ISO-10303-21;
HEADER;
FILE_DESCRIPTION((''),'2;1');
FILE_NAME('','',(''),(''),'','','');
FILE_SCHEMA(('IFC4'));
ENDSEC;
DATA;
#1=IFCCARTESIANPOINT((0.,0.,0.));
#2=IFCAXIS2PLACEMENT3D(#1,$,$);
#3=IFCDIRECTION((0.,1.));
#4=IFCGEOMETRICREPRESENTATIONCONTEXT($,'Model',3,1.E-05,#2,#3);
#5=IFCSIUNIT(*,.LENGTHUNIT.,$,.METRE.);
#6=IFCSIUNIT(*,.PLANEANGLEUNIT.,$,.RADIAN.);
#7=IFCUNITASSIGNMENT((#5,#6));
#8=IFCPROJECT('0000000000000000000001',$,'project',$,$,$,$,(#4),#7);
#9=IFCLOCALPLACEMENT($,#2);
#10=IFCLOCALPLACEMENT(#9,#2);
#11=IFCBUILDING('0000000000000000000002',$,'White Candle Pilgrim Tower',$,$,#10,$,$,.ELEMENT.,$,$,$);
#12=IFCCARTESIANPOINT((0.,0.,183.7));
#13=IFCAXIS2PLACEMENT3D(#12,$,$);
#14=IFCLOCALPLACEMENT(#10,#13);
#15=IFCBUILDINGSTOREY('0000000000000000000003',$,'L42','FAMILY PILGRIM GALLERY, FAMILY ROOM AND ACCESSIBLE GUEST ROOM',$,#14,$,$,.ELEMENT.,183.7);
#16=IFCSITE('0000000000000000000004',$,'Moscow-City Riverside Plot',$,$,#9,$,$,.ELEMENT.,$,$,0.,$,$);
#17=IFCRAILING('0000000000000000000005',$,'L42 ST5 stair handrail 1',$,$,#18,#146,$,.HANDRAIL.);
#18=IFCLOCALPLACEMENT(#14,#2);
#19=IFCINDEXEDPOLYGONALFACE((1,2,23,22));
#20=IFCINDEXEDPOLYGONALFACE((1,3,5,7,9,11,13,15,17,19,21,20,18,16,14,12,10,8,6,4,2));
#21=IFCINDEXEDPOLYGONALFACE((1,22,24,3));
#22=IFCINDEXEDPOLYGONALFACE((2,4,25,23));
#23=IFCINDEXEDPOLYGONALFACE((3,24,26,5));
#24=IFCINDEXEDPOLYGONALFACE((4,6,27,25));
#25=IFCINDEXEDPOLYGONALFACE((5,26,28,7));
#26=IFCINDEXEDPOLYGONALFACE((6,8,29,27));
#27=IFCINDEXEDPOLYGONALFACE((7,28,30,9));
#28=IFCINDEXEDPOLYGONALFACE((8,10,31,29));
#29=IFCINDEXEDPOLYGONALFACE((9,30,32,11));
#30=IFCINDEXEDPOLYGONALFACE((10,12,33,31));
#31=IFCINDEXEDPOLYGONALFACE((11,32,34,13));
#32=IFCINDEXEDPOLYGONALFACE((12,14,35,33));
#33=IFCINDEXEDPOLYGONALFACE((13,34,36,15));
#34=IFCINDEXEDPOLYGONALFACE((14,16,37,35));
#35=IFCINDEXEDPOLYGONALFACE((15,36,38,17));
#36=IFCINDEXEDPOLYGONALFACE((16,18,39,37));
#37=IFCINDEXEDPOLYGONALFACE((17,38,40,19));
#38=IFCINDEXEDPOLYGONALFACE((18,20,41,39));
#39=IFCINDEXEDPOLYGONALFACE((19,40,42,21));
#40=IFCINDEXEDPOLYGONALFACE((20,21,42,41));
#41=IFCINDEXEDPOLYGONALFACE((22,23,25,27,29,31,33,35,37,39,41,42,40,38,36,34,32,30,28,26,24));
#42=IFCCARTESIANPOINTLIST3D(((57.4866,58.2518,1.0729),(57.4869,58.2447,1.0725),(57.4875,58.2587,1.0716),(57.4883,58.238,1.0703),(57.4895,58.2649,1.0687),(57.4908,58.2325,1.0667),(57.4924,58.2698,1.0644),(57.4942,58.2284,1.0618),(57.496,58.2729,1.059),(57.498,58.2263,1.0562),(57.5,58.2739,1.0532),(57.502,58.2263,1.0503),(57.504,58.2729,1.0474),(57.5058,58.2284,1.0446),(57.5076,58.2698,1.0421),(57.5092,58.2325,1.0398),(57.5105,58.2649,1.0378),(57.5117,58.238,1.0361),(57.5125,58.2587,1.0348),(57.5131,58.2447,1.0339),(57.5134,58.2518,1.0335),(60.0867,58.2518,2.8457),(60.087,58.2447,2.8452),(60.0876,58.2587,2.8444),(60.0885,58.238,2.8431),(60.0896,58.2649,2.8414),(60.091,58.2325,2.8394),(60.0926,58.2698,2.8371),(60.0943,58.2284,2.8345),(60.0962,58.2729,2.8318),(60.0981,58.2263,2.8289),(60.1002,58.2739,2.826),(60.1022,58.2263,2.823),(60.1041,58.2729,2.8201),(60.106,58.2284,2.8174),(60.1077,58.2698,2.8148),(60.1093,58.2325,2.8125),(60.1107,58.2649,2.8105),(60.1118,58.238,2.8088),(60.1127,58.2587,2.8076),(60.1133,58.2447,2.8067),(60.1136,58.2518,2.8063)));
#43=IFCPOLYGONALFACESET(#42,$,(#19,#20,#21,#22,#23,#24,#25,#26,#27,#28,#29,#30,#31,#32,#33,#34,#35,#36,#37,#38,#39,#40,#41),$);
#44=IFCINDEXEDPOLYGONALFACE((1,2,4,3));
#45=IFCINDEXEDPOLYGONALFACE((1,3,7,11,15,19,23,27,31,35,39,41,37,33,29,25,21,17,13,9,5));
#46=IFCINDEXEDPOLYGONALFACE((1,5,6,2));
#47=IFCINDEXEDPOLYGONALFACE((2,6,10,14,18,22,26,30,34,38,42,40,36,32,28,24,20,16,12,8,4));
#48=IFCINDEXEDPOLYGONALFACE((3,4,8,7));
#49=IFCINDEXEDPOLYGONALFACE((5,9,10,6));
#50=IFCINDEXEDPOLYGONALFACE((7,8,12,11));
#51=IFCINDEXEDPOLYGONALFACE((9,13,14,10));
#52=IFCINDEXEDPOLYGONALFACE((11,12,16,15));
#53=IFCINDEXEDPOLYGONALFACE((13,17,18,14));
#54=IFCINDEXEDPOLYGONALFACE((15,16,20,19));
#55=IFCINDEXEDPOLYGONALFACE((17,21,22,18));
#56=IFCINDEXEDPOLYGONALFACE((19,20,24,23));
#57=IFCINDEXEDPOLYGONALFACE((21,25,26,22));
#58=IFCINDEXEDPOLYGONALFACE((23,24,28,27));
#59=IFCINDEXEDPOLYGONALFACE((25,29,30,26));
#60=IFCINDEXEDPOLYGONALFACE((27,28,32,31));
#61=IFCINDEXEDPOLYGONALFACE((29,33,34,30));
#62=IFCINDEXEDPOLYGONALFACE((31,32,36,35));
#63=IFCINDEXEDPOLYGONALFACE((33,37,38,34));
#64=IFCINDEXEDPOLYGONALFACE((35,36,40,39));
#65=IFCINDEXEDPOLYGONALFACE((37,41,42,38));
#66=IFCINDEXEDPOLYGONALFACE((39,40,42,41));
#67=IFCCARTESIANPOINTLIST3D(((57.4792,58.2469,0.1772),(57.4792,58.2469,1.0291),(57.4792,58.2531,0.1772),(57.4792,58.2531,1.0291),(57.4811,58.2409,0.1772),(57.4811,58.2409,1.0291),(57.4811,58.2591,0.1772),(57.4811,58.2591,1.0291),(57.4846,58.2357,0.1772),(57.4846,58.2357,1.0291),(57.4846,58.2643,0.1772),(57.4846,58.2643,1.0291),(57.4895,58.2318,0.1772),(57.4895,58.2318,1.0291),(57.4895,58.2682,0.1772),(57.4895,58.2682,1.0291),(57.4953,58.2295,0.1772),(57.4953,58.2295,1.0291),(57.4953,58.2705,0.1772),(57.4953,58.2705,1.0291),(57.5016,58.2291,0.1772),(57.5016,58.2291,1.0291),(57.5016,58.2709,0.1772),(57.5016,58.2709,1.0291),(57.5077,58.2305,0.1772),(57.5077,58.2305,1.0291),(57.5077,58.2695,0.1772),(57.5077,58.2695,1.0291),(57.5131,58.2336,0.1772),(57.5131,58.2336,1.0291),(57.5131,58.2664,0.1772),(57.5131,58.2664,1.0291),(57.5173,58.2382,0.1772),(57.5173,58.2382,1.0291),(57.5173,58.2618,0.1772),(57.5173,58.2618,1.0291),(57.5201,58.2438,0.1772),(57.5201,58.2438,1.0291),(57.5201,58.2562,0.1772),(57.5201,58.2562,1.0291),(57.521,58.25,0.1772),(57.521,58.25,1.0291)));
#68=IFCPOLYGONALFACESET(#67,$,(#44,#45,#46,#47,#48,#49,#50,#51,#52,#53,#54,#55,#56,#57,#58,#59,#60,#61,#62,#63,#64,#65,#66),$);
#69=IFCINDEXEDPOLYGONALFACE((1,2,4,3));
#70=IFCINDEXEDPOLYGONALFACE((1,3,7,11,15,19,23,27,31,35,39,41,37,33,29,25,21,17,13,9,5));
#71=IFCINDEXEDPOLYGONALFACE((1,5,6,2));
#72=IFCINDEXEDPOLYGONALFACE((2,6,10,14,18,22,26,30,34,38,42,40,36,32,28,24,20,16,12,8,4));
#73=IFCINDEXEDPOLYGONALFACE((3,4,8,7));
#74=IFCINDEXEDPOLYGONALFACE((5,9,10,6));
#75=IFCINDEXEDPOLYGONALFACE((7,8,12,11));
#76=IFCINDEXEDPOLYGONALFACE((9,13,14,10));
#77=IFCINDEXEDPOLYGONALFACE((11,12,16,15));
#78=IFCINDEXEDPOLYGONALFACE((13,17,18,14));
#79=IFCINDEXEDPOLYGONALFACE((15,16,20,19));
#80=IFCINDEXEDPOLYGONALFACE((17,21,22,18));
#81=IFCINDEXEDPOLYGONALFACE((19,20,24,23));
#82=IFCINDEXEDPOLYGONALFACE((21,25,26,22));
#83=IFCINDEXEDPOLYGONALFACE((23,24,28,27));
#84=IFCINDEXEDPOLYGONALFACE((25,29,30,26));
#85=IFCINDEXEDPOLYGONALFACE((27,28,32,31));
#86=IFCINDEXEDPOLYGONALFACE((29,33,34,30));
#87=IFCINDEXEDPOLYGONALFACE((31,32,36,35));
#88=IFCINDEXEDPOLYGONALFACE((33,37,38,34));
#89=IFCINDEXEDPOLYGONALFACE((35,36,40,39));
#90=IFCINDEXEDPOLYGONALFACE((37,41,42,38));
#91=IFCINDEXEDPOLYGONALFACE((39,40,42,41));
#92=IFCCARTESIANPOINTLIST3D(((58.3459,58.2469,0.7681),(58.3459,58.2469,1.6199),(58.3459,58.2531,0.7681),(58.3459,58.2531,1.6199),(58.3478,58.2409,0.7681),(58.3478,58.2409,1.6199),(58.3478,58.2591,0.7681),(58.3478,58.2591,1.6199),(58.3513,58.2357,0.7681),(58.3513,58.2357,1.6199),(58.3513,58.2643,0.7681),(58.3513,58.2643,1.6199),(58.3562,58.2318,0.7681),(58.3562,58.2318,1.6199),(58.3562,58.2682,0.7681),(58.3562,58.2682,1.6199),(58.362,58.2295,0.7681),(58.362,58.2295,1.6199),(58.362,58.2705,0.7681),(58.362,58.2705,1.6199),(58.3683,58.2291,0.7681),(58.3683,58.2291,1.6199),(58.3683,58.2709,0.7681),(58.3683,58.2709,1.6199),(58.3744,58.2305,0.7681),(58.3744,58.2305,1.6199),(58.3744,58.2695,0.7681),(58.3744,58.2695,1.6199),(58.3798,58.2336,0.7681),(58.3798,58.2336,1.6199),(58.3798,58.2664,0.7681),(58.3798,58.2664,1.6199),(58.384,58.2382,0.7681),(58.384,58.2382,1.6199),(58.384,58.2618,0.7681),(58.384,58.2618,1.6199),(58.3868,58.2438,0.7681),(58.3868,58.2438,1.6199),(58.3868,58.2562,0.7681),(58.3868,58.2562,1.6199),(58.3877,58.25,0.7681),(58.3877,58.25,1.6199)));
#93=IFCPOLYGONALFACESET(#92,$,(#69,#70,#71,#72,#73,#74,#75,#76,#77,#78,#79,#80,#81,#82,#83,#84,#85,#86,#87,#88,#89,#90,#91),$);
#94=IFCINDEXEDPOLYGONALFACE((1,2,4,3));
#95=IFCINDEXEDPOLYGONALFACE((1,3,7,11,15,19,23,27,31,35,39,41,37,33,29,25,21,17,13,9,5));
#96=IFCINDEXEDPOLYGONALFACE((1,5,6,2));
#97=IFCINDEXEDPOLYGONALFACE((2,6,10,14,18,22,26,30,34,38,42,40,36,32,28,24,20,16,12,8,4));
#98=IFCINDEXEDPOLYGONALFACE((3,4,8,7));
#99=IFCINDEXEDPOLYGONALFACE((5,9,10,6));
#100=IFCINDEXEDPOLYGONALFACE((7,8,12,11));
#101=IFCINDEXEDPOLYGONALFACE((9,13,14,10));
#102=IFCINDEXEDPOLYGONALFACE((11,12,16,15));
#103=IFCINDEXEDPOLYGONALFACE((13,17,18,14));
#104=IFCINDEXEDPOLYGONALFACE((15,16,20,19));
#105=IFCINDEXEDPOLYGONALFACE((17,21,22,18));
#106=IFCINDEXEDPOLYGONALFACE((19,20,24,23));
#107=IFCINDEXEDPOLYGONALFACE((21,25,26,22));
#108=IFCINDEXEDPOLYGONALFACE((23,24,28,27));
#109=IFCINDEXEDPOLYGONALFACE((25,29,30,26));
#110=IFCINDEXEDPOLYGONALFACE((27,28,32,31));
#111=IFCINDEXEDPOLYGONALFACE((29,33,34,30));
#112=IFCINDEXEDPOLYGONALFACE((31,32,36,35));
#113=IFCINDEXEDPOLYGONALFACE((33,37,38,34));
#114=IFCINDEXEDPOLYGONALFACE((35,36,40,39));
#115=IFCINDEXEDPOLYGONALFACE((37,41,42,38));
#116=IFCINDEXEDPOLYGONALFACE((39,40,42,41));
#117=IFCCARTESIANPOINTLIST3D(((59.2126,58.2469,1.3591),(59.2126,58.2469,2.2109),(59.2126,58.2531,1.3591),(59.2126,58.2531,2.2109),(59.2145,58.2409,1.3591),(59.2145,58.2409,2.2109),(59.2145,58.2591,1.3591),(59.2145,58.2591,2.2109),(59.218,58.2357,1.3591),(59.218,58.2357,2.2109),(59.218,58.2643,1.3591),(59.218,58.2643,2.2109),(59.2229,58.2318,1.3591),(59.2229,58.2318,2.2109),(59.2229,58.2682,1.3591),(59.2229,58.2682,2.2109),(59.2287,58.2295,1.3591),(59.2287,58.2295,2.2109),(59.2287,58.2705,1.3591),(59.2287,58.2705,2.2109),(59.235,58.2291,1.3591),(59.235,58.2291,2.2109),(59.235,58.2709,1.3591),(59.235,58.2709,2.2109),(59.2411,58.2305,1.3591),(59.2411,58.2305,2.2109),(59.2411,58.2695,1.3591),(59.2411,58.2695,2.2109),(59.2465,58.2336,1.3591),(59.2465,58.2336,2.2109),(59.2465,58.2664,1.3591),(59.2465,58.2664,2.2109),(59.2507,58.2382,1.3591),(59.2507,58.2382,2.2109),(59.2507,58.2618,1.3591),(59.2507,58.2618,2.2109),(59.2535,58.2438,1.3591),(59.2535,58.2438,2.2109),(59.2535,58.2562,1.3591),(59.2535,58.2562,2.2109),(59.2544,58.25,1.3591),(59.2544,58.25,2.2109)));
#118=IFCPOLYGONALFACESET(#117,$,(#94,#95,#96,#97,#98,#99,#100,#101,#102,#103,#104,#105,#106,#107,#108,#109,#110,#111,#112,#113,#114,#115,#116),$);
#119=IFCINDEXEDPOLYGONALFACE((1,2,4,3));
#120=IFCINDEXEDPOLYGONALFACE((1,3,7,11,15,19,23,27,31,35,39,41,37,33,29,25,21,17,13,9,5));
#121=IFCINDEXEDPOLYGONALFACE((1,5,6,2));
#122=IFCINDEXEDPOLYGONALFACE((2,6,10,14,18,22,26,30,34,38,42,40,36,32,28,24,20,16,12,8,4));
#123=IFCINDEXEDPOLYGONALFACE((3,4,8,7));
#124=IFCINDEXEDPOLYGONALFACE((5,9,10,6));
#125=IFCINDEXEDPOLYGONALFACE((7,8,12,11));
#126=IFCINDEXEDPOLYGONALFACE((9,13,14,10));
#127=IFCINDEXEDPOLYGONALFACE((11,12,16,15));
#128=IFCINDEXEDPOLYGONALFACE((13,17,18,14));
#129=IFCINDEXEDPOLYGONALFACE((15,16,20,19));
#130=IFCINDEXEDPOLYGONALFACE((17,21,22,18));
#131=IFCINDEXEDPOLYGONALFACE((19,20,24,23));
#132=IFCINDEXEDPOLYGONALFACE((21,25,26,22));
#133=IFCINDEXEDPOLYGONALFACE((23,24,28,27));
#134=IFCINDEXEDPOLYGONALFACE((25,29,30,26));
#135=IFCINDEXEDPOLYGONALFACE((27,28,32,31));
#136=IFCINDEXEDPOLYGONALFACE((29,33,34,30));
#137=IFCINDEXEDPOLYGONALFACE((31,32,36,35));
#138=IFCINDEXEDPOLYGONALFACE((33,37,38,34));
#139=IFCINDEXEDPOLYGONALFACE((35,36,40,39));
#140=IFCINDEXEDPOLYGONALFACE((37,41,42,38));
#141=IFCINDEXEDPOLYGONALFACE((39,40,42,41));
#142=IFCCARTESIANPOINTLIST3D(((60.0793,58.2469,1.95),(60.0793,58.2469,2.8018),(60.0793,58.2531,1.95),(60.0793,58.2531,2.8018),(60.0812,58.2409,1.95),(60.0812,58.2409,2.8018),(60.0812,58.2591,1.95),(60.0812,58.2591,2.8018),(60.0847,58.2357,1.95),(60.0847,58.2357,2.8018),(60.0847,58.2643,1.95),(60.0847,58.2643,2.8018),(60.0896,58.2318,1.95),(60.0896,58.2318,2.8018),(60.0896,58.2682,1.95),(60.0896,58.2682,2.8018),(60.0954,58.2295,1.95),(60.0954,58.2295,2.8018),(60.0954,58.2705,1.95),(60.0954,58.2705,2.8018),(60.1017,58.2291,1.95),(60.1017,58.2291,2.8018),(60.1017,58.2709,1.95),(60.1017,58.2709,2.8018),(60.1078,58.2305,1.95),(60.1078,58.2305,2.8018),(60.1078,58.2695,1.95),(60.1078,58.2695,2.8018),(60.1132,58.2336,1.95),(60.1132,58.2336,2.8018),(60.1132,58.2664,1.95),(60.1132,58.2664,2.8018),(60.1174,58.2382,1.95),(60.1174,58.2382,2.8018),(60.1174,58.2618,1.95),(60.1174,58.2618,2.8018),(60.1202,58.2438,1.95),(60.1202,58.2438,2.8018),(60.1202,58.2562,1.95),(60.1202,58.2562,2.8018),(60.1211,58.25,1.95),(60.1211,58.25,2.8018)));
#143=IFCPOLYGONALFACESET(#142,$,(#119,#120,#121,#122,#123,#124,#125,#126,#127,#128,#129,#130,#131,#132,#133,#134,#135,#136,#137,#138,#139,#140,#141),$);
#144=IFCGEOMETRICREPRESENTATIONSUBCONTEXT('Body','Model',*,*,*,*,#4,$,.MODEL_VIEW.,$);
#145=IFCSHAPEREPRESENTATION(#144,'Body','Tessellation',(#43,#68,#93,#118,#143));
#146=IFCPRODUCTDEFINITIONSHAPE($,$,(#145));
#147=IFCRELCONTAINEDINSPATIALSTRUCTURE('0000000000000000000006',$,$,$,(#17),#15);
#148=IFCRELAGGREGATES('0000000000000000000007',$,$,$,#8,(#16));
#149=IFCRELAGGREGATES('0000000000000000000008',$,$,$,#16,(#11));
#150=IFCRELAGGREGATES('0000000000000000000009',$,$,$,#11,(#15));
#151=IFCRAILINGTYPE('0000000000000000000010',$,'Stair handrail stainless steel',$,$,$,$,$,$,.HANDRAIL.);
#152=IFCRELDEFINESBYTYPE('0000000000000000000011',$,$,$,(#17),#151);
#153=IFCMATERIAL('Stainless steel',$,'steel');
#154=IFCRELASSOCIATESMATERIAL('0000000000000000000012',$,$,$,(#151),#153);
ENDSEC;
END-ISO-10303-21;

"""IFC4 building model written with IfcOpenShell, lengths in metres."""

from ifc_helpers import new_model, si_unit, direction, frame, origin, origin_2d, place, context, subcontext, project, spatial, circle, extrude, material, type_object, element, save


model = new_model("IFC4")

# Units and contexts
model_context = context("Model", 3, precision=1e-05, world=origin(), true_north=direction((0.0, 1.0)))
body_context = subcontext(model_context, "Body", "Model", "MODEL_VIEW")
ifc_project = project(units=[si_unit("LENGTHUNIT", "METRE"), si_unit("PLANEANGLEUNIT", "RADIAN")], contexts=[model_context])

# Site, building, storey
site_placement = place(None, origin())
site = spatial("IfcSite", under=ifc_project, at=site_placement, Name="Moscow-City Riverside Plot", CompositionType="ELEMENT", RefElevation=0.0)
building_placement = place(site_placement, origin())
building = spatial("IfcBuilding", under=site, at=building_placement, Name="White Candle Pilgrim Tower", CompositionType="ELEMENT")
storey_placement = place(building_placement, frame((0.0, 0.0, 183.7)))
storey = spatial("IfcBuildingStorey", under=building, at=storey_placement, Name="L42", Description="FAMILY PILGRIM GALLERY, FAMILY ROOM AND ACCESSIBLE GUEST ROOM", CompositionType="ELEMENT", Elevation=183.7)

# Railing
ifc_material_1 = material(Name="Stainless steel", Category="steel")
railing_type_1 = type_object("IfcRailingType", Name="Stair handrail stainless steel", PredefinedType="HANDRAIL", material=ifc_material_1)
railing_1_placement = place(storey_placement, frame((57.5, 58.25, 0.1772)))
element("IfcRailing", 1, at=railing_1_placement, inside=storey, type_object=railing_type_1, Name="L42 ST5 stair handrail 1", PredefinedType="HANDRAIL", context=body_context, shape_type="SweptSolid", body=[
    extrude(circle(Radius=0.0239, at=origin_2d()), frame((0.0, 0.0, 0.876), z_axis=(0.82624, 0.0, 0.563318), x_axis=(0.0, 1.0, 0.0)), (0.0, 0.0, 1.0), 3.147),
    extrude(circle(Radius=0.021, at=origin_2d()), origin(), (0.0, 0.0, 1.0), 0.8518),
    extrude(circle(Radius=0.021, at=origin_2d()), frame((0.8667, 0.0, 0.5908)), (0.0, 0.0, 1.0), 0.8518),
    extrude(circle(Radius=0.021, at=origin_2d()), frame((1.7334, 0.0, 1.1819)), (0.0, 0.0, 1.0), 0.8518),
    extrude(circle(Radius=0.021, at=origin_2d()), frame((2.6001, 0.0, 1.7727)), (0.0, 0.0, 1.0), 0.8518),
])

save(model, "model.ifc")
